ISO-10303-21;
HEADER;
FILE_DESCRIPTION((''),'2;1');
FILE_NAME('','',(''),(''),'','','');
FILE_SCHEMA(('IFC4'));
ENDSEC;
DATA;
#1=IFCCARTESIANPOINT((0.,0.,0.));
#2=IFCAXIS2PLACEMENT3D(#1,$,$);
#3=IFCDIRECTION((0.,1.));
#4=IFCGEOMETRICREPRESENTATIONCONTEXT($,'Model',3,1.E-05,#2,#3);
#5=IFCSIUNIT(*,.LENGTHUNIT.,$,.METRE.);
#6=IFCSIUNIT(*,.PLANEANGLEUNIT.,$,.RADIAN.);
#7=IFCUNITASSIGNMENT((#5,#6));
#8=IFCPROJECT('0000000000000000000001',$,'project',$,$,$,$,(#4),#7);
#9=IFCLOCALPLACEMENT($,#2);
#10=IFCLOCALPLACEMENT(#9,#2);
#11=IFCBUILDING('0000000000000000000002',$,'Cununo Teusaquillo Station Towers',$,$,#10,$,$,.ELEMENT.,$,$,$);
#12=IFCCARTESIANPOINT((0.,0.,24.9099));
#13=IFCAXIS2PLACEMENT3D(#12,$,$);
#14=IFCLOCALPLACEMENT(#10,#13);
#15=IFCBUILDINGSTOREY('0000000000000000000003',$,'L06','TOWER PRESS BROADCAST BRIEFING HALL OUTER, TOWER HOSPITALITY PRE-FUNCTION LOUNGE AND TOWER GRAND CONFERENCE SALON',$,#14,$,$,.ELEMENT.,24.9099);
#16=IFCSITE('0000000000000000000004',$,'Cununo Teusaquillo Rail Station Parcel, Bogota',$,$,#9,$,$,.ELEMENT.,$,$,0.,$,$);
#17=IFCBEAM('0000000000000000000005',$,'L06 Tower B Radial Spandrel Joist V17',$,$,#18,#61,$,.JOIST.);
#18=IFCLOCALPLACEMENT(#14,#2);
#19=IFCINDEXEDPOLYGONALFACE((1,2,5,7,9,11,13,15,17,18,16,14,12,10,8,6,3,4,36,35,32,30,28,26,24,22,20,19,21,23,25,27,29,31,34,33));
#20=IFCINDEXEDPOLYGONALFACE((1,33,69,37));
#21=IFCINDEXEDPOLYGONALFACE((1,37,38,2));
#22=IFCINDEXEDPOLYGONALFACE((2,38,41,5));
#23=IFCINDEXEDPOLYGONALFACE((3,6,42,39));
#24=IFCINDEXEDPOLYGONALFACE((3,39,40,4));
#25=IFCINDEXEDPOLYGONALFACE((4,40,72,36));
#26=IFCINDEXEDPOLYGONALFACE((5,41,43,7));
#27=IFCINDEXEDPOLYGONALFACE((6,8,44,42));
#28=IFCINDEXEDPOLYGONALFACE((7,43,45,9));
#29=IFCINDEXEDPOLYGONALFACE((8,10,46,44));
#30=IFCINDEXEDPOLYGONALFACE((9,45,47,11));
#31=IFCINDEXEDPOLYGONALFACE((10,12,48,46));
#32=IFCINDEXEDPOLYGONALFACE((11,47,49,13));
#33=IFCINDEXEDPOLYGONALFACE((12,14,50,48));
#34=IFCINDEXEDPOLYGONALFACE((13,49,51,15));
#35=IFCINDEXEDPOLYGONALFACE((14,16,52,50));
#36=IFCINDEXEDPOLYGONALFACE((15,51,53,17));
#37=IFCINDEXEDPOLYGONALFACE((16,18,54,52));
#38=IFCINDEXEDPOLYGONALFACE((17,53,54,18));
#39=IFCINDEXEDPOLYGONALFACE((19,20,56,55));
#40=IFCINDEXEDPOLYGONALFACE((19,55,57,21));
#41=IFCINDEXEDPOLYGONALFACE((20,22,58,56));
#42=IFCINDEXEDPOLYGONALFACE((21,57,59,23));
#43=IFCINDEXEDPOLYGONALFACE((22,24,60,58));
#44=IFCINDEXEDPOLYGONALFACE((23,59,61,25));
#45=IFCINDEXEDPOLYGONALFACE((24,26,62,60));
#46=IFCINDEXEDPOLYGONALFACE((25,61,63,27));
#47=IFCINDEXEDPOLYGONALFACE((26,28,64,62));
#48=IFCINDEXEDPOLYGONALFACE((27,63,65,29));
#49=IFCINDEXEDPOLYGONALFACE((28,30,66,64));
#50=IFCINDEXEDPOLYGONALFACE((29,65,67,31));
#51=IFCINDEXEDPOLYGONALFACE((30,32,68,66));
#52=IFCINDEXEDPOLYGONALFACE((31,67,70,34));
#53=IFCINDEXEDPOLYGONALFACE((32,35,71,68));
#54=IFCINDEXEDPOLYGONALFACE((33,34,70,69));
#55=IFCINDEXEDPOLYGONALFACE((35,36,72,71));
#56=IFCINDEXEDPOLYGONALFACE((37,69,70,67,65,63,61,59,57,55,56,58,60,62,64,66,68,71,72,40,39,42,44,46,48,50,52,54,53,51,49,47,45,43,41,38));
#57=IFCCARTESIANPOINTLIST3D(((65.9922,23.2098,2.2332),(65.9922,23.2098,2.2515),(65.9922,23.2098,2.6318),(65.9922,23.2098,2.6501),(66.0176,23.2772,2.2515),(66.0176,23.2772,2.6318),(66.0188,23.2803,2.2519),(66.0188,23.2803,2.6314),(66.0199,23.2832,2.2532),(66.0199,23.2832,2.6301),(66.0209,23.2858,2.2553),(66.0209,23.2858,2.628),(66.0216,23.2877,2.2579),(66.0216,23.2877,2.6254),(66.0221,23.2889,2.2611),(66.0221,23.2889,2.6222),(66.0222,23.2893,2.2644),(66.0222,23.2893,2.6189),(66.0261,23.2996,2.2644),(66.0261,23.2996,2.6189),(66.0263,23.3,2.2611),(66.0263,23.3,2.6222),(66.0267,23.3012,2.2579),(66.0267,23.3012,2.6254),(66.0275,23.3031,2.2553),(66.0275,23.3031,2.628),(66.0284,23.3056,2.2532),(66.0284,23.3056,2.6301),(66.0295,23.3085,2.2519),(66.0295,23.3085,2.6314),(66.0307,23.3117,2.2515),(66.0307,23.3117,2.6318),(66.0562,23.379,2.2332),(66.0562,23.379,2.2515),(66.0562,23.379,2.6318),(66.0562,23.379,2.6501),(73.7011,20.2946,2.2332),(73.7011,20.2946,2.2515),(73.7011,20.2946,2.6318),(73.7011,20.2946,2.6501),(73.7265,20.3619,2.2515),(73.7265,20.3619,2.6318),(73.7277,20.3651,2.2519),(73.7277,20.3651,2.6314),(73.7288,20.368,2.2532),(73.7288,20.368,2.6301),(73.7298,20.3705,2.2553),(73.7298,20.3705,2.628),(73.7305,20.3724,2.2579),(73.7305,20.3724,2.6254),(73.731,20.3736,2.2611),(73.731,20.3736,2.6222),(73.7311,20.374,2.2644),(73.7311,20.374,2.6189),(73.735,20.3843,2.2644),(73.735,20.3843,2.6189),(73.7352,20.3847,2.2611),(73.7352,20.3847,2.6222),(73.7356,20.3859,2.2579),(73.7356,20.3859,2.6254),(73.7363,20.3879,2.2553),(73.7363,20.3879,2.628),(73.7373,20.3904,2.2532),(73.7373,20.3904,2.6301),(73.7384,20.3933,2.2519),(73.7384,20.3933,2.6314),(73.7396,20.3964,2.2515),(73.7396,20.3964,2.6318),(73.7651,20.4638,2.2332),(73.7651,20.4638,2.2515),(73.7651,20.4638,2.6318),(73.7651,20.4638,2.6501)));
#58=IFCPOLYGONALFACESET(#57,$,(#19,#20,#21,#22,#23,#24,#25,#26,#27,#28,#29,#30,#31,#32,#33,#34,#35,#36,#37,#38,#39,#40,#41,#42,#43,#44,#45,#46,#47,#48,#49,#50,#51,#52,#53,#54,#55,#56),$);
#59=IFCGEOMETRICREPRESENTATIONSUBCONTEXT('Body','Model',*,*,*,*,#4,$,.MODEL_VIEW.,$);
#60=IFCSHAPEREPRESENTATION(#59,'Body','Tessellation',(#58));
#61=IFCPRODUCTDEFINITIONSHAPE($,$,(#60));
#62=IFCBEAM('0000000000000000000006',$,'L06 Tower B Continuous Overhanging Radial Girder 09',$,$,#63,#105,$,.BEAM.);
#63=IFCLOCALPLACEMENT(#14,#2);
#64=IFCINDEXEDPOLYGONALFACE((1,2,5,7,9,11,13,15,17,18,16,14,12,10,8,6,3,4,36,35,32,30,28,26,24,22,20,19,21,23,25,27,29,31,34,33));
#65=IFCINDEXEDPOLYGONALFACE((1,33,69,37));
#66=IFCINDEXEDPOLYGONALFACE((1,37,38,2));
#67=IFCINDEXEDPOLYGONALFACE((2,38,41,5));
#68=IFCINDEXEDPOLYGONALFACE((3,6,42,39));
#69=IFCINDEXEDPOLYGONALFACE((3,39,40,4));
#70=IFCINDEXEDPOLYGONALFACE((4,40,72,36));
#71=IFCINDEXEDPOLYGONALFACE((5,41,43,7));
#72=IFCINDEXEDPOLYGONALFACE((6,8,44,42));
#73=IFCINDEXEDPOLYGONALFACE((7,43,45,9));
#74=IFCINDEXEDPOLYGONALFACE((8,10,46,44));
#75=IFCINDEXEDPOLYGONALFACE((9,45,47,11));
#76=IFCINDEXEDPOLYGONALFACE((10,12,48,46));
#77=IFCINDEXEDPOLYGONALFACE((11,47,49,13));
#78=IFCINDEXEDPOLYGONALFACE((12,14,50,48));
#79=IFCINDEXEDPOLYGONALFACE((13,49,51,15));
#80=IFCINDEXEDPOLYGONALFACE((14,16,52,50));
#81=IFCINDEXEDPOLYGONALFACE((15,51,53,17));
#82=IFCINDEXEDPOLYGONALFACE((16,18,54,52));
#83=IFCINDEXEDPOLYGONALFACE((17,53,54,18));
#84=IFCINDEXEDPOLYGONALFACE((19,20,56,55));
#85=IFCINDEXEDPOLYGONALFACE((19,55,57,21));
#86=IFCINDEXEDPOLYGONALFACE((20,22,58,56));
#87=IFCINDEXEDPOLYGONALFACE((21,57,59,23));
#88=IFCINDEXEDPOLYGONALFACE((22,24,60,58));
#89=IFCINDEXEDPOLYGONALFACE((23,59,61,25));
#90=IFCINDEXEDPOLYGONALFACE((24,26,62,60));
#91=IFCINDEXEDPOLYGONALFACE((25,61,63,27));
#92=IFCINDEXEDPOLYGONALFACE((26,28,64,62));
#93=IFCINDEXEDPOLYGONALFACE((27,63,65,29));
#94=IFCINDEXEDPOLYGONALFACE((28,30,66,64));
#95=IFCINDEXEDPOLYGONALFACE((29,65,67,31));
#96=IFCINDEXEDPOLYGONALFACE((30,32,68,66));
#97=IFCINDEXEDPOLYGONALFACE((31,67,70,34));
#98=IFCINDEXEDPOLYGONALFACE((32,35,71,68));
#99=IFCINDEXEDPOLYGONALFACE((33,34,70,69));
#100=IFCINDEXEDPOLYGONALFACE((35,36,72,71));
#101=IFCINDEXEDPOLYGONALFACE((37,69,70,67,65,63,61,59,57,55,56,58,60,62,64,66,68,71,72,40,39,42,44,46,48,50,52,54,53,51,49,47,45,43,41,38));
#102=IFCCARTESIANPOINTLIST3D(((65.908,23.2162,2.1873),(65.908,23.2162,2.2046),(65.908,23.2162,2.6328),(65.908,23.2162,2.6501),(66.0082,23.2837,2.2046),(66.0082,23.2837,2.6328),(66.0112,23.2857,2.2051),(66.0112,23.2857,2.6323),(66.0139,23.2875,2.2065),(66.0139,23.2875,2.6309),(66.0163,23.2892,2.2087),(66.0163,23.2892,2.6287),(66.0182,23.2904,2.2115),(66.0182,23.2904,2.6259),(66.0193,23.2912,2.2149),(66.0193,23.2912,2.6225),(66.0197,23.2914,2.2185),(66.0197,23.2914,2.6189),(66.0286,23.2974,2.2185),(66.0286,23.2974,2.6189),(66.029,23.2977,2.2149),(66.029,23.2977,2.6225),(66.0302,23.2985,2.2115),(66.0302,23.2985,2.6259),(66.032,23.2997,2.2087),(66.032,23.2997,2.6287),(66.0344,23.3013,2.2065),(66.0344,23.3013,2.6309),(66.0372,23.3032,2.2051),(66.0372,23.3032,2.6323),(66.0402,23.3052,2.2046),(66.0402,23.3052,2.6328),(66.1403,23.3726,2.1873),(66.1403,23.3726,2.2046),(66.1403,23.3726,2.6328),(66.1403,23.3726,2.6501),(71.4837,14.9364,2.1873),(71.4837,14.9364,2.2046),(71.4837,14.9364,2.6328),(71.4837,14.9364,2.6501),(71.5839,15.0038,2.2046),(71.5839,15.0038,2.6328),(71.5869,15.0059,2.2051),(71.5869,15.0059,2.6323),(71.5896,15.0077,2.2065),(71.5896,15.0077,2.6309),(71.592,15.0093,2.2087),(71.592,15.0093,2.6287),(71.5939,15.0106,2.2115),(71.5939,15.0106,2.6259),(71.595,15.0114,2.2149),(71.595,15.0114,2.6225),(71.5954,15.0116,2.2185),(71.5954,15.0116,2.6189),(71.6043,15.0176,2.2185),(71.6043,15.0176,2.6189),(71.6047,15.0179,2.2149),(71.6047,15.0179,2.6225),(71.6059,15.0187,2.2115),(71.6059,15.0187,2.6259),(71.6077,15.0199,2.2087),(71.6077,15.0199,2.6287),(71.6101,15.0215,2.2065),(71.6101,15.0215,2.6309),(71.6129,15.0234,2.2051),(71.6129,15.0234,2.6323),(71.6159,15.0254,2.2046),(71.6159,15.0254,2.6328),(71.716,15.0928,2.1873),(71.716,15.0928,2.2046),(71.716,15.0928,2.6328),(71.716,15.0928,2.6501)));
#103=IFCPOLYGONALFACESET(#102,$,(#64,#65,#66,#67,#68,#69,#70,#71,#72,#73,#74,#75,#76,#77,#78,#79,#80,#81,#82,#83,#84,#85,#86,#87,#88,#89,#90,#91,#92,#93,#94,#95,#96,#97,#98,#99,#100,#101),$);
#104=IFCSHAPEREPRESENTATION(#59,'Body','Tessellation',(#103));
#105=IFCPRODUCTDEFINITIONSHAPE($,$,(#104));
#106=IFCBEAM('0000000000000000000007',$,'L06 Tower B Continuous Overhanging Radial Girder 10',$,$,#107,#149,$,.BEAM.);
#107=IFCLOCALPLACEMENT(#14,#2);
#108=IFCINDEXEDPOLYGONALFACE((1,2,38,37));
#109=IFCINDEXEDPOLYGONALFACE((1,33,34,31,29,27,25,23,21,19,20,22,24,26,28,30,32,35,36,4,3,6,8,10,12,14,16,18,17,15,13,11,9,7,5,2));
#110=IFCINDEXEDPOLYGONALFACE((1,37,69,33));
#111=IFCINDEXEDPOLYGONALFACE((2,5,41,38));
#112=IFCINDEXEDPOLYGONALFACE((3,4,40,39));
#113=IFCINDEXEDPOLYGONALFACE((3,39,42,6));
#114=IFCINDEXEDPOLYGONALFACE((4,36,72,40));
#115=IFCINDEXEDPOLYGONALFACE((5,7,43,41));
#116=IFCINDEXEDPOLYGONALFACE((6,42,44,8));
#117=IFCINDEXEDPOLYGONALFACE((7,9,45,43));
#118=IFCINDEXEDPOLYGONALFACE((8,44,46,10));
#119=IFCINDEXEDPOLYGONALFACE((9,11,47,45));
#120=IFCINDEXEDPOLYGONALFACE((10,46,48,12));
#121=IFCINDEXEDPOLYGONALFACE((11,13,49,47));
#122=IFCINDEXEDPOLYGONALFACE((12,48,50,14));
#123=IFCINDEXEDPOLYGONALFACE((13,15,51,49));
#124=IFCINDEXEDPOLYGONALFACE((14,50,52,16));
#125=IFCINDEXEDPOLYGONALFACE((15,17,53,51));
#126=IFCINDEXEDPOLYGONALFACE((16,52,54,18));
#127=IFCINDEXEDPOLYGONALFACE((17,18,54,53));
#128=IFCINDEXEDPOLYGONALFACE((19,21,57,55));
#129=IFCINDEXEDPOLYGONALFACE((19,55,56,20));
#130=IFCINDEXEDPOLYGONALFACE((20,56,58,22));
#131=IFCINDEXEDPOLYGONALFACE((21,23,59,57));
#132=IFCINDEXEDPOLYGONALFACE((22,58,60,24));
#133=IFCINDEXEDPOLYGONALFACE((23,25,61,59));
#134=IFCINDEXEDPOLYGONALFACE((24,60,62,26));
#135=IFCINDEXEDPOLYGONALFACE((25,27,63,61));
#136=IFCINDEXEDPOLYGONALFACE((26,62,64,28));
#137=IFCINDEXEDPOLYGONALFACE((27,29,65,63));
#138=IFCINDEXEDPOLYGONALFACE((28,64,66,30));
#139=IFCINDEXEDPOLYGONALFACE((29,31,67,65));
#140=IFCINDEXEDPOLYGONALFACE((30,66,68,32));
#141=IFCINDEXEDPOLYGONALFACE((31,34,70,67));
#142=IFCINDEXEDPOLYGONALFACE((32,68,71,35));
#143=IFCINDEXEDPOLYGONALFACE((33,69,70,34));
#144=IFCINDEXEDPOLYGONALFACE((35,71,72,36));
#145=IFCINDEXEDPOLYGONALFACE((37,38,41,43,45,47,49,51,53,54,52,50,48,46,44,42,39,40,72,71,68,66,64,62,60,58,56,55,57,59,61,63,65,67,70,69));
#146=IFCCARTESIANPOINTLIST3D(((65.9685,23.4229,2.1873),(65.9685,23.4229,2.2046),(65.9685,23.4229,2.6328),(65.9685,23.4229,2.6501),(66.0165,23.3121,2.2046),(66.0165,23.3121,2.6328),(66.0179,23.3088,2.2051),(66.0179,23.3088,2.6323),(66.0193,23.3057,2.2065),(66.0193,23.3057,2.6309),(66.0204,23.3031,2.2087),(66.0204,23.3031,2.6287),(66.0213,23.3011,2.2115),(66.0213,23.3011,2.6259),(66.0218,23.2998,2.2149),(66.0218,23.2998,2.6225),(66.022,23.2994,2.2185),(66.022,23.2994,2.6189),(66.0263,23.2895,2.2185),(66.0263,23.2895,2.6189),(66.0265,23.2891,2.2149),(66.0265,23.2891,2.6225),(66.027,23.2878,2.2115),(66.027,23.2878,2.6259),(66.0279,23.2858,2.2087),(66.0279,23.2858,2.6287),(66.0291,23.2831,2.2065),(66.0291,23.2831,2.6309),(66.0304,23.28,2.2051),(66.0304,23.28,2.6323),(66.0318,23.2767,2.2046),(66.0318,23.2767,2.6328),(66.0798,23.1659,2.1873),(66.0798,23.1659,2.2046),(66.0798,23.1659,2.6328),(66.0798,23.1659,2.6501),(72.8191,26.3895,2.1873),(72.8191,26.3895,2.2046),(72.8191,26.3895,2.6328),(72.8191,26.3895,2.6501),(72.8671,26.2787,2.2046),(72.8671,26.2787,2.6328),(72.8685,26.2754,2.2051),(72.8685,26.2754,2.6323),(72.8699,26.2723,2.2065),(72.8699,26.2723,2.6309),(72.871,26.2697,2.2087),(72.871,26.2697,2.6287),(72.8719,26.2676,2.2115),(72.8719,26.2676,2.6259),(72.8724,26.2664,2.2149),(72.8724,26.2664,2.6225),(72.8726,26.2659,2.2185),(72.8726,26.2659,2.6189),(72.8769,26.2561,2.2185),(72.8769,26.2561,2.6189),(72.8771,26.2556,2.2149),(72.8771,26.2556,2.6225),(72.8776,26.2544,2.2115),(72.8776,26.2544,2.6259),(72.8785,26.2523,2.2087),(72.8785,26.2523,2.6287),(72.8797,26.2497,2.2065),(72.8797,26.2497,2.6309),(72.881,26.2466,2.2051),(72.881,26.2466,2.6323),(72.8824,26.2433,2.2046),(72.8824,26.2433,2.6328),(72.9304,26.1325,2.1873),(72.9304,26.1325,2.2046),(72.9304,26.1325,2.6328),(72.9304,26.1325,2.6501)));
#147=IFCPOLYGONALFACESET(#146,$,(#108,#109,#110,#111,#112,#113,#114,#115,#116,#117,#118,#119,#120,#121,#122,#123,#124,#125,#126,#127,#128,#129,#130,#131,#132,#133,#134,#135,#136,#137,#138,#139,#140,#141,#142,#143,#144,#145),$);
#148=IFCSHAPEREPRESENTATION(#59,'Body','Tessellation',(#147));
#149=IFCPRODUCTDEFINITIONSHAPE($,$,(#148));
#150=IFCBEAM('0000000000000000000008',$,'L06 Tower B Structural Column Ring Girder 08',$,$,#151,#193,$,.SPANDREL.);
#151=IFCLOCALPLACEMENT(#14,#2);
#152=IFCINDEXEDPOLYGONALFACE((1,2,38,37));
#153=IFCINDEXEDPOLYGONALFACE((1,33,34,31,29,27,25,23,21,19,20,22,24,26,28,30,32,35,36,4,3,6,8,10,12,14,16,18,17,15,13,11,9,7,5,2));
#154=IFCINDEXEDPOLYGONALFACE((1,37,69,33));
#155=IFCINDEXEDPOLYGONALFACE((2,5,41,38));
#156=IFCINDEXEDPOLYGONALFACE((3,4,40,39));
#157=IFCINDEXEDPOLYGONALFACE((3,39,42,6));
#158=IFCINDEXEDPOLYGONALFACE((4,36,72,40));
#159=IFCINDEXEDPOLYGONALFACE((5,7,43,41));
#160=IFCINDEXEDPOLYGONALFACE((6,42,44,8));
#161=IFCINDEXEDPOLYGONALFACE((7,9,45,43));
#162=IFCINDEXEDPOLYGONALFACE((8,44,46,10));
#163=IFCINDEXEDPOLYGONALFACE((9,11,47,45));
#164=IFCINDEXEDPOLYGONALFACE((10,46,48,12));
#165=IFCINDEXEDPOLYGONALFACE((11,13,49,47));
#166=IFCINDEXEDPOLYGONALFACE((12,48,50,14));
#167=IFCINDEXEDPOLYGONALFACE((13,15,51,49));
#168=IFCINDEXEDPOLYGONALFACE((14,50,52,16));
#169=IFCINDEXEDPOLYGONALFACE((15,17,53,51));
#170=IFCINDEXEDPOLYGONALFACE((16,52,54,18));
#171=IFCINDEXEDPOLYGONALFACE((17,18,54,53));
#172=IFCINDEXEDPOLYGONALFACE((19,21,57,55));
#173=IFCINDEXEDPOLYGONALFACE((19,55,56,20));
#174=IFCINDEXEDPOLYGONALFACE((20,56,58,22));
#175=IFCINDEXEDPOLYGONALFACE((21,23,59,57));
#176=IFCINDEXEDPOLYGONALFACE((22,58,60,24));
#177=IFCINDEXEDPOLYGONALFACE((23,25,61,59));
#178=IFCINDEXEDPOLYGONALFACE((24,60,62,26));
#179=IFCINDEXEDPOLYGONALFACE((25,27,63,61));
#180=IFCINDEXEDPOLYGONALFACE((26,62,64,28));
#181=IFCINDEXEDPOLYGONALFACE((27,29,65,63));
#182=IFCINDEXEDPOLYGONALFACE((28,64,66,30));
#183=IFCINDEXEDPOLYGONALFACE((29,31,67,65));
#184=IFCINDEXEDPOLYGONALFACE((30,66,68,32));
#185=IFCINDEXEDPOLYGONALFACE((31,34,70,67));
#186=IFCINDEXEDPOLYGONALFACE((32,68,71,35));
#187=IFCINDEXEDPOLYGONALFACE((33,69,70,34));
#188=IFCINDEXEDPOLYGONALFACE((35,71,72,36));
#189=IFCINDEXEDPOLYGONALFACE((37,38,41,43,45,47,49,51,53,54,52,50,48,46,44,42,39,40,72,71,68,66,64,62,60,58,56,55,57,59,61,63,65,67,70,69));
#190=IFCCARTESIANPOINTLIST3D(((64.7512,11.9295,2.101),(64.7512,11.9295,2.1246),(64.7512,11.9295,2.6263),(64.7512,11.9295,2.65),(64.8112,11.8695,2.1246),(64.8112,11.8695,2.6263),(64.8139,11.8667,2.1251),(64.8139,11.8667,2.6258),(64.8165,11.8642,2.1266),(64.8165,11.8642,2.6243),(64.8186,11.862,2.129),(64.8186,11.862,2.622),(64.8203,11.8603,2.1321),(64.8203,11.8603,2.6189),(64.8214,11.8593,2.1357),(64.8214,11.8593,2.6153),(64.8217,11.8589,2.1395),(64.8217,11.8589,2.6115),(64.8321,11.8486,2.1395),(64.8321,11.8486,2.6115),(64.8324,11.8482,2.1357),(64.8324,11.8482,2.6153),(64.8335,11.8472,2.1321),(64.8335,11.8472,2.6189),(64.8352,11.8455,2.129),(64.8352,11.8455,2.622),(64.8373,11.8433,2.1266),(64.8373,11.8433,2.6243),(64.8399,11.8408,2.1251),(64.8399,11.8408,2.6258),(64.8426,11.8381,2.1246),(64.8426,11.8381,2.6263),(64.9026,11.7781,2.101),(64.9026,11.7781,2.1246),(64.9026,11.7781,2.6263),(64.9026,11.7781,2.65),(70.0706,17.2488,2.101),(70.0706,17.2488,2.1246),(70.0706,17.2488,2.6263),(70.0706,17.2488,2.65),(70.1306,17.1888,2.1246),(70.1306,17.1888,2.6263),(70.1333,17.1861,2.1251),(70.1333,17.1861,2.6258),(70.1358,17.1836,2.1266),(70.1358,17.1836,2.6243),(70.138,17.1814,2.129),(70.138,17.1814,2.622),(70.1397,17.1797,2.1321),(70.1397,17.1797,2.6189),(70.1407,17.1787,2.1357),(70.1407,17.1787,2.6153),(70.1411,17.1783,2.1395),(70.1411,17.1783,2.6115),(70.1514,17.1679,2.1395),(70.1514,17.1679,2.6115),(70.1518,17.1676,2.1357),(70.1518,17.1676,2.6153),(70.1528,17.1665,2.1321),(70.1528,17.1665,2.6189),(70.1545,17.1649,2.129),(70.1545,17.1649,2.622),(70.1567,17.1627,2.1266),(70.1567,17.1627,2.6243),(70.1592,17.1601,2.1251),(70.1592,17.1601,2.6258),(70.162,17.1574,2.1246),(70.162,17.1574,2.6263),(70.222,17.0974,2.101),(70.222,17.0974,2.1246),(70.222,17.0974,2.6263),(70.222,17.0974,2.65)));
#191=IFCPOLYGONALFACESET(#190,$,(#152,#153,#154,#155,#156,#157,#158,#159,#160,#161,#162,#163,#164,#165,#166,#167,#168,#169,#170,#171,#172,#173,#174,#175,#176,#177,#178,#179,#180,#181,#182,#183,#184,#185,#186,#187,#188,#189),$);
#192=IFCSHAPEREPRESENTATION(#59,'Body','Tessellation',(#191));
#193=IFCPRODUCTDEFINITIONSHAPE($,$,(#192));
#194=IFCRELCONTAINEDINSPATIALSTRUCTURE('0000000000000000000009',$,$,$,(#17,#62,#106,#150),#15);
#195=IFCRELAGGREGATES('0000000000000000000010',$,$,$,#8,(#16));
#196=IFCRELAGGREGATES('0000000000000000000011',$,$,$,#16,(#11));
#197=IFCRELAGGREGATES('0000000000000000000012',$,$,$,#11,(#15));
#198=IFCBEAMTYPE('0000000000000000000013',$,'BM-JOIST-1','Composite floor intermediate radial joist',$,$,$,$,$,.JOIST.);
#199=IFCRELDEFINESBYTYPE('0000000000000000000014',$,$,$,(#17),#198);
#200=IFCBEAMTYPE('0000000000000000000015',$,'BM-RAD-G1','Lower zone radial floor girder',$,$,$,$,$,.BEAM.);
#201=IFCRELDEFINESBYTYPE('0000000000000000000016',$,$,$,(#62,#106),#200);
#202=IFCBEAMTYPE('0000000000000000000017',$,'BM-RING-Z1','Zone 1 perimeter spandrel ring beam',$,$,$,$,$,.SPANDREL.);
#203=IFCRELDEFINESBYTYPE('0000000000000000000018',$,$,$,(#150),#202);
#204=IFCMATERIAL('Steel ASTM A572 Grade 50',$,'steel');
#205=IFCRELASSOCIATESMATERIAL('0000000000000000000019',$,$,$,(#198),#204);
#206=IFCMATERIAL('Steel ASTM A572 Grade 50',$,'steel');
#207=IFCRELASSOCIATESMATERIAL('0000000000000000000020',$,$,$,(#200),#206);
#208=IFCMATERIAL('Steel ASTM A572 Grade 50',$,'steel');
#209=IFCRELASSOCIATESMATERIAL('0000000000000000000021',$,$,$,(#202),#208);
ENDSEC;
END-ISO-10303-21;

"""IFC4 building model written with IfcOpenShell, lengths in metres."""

from ifc_helpers import new_model, si_unit, direction, frame, origin, origin_2d, place, context, subcontext, project, spatial, i_section, extrude, material, material_profile, profile_set, type_object, element, save


model = new_model("IFC4")

# Units and contexts
model_context = context("Model", 3, precision=1e-05, world=origin(), true_north=direction((0.0, 1.0)))
body_context = subcontext(model_context, "Body", "Model", "MODEL_VIEW")
ifc_project = project(units=[si_unit("LENGTHUNIT", "METRE"), si_unit("PLANEANGLEUNIT", "RADIAN")], contexts=[model_context])

# Site, building, storey
site_placement = place(None, origin())
site = spatial("IfcSite", under=ifc_project, at=site_placement, Name="Cununo Teusaquillo Rail Station Parcel, Bogota", CompositionType="ELEMENT", RefElevation=0.0)
building_placement = place(site_placement, origin())
building = spatial("IfcBuilding", under=site, at=building_placement, Name="Cununo Teusaquillo Station Towers", CompositionType="ELEMENT")
storey_placement = place(building_placement, frame((0.0, 0.0, 24.9099)))
storey = spatial("IfcBuildingStorey", under=building, at=storey_placement, Name="L06", Description="TOWER PRESS BROADCAST BRIEFING HALL OUTER, TOWER HOSPITALITY PRE-FUNCTION LOUNGE AND TOWER GRAND CONFERENCE SALON", CompositionType="ELEMENT", Elevation=24.9099)

# Beams
ifc_material_1 = material(Name="Steel ASTM A572 Grade 50", Category="steel")
ifc_material_profile_1 = material_profile(ifc_material_1, i_section(OverallWidth=0.1809, OverallDepth=0.417, WebThickness=0.011, FlangeThickness=0.0183, FilletRadius=0.0129, at=origin_2d()), Name="W16X57")
ifc_profile_set_1 = profile_set([ifc_material_profile_1], Name="Steel ASTM A572 Grade 50")
beam_type_1 = type_object("IfcBeamType", Name="BM-JOIST-1", Description="Composite floor intermediate radial joist", PredefinedType="JOIST", material=ifc_profile_set_1)
beam_1_placement = place(storey_placement, frame((66.0242, 23.2944, 2.4417), z_axis=(0.935352, -0.353719, 0.0), x_axis=(0.353719, 0.935352, 0.0)))
element("IfcBeam", 1, at=beam_1_placement, inside=storey, type_object=beam_type_1, Name="L06 Tower B Radial Spandrel Joist V17", PredefinedType="JOIST", context=body_context, shape_type="SweptSolid", body=[
    extrude(i_section(OverallWidth=0.1809, OverallDepth=0.417, WebThickness=0.011, FlangeThickness=0.0183, FilletRadius=0.0129, at=origin_2d()), origin(), (0.0, 0.0, 1.0), 8.2417),
])
ifc_material_2 = material(Name="Steel ASTM A572 Grade 50", Category="steel")
ifc_material_profile_2 = material_profile(ifc_material_2, i_section(OverallWidth=0.28, OverallDepth=0.4629, WebThickness=0.0107, FlangeThickness=0.0173, FilletRadius=0.0139, at=origin_2d()), Name="W18X76")
ifc_profile_set_2 = profile_set([ifc_material_profile_2], Name="Steel ASTM A572 Grade 50")
beam_type_2 = type_object("IfcBeamType", Name="BM-RAD-G1", Description="Lower zone radial floor girder", PredefinedType="BEAM", material=ifc_profile_set_2)
beam_2_placement = place(storey_placement, frame((66.0242, 23.2944, 2.4187), z_axis=(0.558566, -0.82946, 0.0), x_axis=(0.82946, 0.558566, 0.0)))
element("IfcBeam", 2, at=beam_2_placement, inside=storey, type_object=beam_type_2, Name="L06 Tower B Continuous Overhanging Radial Girder 09", PredefinedType="BEAM", context=body_context, shape_type="SweptSolid", body=[
    extrude(i_section(OverallWidth=0.28, OverallDepth=0.4629, WebThickness=0.0107, FlangeThickness=0.0173, FilletRadius=0.0139, at=origin_2d()), origin(), (0.0, 0.0, 1.0), 9.9822),
])
beam_3_placement = place(storey_placement, frame((66.0242, 23.2944, 2.4187), z_axis=(0.917655, 0.397378, 0.0), x_axis=(-0.397378, 0.917655, 0.0)))
element("IfcBeam", 3, at=beam_3_placement, inside=storey, type_object=beam_type_2, Name="L06 Tower B Continuous Overhanging Radial Girder 10", PredefinedType="BEAM", context=body_context, shape_type="SweptSolid", body=[
    extrude(i_section(OverallWidth=0.28, OverallDepth=0.4629, WebThickness=0.0107, FlangeThickness=0.0173, FilletRadius=0.0139, at=origin_2d()), origin(), (0.0, 0.0, 1.0), 7.4653),
])
ifc_material_3 = material(Name="Steel ASTM A572 Grade 50", Category="steel")
ifc_material_profile_3 = material_profile(ifc_material_3, i_section(OverallWidth=0.2141, OverallDepth=0.5491, WebThickness=0.0146, FlangeThickness=0.0237, FilletRadius=0.0149, at=origin_2d()), Name="W21X93")
ifc_profile_set_3 = profile_set([ifc_material_profile_3], Name="Steel ASTM A572 Grade 50")
beam_type_3 = type_object("IfcBeamType", Name="BM-RING-Z1", Description="Zone 1 perimeter spandrel ring beam", PredefinedType="SPANDREL", material=ifc_profile_set_3)
beam_4_placement = place(storey_placement, frame((64.8269, 11.8538, 2.3755), z_axis=(0.707107, 0.707107, 0.0), x_axis=(-0.707107, 0.707107, 0.0)))
element("IfcBeam", 4, at=beam_4_placement, inside=storey, type_object=beam_type_3, Name="L06 Tower B Structural Column Ring Girder 08", PredefinedType="SPANDREL", context=body_context, shape_type="SweptSolid", body=[
    extrude(i_section(OverallWidth=0.2141, OverallDepth=0.5491, WebThickness=0.0146, FlangeThickness=0.0237, FilletRadius=0.0149, at=origin_2d()), origin(), (0.0, 0.0, 1.0), 7.5227),
])

save(model, "model.ifc")
